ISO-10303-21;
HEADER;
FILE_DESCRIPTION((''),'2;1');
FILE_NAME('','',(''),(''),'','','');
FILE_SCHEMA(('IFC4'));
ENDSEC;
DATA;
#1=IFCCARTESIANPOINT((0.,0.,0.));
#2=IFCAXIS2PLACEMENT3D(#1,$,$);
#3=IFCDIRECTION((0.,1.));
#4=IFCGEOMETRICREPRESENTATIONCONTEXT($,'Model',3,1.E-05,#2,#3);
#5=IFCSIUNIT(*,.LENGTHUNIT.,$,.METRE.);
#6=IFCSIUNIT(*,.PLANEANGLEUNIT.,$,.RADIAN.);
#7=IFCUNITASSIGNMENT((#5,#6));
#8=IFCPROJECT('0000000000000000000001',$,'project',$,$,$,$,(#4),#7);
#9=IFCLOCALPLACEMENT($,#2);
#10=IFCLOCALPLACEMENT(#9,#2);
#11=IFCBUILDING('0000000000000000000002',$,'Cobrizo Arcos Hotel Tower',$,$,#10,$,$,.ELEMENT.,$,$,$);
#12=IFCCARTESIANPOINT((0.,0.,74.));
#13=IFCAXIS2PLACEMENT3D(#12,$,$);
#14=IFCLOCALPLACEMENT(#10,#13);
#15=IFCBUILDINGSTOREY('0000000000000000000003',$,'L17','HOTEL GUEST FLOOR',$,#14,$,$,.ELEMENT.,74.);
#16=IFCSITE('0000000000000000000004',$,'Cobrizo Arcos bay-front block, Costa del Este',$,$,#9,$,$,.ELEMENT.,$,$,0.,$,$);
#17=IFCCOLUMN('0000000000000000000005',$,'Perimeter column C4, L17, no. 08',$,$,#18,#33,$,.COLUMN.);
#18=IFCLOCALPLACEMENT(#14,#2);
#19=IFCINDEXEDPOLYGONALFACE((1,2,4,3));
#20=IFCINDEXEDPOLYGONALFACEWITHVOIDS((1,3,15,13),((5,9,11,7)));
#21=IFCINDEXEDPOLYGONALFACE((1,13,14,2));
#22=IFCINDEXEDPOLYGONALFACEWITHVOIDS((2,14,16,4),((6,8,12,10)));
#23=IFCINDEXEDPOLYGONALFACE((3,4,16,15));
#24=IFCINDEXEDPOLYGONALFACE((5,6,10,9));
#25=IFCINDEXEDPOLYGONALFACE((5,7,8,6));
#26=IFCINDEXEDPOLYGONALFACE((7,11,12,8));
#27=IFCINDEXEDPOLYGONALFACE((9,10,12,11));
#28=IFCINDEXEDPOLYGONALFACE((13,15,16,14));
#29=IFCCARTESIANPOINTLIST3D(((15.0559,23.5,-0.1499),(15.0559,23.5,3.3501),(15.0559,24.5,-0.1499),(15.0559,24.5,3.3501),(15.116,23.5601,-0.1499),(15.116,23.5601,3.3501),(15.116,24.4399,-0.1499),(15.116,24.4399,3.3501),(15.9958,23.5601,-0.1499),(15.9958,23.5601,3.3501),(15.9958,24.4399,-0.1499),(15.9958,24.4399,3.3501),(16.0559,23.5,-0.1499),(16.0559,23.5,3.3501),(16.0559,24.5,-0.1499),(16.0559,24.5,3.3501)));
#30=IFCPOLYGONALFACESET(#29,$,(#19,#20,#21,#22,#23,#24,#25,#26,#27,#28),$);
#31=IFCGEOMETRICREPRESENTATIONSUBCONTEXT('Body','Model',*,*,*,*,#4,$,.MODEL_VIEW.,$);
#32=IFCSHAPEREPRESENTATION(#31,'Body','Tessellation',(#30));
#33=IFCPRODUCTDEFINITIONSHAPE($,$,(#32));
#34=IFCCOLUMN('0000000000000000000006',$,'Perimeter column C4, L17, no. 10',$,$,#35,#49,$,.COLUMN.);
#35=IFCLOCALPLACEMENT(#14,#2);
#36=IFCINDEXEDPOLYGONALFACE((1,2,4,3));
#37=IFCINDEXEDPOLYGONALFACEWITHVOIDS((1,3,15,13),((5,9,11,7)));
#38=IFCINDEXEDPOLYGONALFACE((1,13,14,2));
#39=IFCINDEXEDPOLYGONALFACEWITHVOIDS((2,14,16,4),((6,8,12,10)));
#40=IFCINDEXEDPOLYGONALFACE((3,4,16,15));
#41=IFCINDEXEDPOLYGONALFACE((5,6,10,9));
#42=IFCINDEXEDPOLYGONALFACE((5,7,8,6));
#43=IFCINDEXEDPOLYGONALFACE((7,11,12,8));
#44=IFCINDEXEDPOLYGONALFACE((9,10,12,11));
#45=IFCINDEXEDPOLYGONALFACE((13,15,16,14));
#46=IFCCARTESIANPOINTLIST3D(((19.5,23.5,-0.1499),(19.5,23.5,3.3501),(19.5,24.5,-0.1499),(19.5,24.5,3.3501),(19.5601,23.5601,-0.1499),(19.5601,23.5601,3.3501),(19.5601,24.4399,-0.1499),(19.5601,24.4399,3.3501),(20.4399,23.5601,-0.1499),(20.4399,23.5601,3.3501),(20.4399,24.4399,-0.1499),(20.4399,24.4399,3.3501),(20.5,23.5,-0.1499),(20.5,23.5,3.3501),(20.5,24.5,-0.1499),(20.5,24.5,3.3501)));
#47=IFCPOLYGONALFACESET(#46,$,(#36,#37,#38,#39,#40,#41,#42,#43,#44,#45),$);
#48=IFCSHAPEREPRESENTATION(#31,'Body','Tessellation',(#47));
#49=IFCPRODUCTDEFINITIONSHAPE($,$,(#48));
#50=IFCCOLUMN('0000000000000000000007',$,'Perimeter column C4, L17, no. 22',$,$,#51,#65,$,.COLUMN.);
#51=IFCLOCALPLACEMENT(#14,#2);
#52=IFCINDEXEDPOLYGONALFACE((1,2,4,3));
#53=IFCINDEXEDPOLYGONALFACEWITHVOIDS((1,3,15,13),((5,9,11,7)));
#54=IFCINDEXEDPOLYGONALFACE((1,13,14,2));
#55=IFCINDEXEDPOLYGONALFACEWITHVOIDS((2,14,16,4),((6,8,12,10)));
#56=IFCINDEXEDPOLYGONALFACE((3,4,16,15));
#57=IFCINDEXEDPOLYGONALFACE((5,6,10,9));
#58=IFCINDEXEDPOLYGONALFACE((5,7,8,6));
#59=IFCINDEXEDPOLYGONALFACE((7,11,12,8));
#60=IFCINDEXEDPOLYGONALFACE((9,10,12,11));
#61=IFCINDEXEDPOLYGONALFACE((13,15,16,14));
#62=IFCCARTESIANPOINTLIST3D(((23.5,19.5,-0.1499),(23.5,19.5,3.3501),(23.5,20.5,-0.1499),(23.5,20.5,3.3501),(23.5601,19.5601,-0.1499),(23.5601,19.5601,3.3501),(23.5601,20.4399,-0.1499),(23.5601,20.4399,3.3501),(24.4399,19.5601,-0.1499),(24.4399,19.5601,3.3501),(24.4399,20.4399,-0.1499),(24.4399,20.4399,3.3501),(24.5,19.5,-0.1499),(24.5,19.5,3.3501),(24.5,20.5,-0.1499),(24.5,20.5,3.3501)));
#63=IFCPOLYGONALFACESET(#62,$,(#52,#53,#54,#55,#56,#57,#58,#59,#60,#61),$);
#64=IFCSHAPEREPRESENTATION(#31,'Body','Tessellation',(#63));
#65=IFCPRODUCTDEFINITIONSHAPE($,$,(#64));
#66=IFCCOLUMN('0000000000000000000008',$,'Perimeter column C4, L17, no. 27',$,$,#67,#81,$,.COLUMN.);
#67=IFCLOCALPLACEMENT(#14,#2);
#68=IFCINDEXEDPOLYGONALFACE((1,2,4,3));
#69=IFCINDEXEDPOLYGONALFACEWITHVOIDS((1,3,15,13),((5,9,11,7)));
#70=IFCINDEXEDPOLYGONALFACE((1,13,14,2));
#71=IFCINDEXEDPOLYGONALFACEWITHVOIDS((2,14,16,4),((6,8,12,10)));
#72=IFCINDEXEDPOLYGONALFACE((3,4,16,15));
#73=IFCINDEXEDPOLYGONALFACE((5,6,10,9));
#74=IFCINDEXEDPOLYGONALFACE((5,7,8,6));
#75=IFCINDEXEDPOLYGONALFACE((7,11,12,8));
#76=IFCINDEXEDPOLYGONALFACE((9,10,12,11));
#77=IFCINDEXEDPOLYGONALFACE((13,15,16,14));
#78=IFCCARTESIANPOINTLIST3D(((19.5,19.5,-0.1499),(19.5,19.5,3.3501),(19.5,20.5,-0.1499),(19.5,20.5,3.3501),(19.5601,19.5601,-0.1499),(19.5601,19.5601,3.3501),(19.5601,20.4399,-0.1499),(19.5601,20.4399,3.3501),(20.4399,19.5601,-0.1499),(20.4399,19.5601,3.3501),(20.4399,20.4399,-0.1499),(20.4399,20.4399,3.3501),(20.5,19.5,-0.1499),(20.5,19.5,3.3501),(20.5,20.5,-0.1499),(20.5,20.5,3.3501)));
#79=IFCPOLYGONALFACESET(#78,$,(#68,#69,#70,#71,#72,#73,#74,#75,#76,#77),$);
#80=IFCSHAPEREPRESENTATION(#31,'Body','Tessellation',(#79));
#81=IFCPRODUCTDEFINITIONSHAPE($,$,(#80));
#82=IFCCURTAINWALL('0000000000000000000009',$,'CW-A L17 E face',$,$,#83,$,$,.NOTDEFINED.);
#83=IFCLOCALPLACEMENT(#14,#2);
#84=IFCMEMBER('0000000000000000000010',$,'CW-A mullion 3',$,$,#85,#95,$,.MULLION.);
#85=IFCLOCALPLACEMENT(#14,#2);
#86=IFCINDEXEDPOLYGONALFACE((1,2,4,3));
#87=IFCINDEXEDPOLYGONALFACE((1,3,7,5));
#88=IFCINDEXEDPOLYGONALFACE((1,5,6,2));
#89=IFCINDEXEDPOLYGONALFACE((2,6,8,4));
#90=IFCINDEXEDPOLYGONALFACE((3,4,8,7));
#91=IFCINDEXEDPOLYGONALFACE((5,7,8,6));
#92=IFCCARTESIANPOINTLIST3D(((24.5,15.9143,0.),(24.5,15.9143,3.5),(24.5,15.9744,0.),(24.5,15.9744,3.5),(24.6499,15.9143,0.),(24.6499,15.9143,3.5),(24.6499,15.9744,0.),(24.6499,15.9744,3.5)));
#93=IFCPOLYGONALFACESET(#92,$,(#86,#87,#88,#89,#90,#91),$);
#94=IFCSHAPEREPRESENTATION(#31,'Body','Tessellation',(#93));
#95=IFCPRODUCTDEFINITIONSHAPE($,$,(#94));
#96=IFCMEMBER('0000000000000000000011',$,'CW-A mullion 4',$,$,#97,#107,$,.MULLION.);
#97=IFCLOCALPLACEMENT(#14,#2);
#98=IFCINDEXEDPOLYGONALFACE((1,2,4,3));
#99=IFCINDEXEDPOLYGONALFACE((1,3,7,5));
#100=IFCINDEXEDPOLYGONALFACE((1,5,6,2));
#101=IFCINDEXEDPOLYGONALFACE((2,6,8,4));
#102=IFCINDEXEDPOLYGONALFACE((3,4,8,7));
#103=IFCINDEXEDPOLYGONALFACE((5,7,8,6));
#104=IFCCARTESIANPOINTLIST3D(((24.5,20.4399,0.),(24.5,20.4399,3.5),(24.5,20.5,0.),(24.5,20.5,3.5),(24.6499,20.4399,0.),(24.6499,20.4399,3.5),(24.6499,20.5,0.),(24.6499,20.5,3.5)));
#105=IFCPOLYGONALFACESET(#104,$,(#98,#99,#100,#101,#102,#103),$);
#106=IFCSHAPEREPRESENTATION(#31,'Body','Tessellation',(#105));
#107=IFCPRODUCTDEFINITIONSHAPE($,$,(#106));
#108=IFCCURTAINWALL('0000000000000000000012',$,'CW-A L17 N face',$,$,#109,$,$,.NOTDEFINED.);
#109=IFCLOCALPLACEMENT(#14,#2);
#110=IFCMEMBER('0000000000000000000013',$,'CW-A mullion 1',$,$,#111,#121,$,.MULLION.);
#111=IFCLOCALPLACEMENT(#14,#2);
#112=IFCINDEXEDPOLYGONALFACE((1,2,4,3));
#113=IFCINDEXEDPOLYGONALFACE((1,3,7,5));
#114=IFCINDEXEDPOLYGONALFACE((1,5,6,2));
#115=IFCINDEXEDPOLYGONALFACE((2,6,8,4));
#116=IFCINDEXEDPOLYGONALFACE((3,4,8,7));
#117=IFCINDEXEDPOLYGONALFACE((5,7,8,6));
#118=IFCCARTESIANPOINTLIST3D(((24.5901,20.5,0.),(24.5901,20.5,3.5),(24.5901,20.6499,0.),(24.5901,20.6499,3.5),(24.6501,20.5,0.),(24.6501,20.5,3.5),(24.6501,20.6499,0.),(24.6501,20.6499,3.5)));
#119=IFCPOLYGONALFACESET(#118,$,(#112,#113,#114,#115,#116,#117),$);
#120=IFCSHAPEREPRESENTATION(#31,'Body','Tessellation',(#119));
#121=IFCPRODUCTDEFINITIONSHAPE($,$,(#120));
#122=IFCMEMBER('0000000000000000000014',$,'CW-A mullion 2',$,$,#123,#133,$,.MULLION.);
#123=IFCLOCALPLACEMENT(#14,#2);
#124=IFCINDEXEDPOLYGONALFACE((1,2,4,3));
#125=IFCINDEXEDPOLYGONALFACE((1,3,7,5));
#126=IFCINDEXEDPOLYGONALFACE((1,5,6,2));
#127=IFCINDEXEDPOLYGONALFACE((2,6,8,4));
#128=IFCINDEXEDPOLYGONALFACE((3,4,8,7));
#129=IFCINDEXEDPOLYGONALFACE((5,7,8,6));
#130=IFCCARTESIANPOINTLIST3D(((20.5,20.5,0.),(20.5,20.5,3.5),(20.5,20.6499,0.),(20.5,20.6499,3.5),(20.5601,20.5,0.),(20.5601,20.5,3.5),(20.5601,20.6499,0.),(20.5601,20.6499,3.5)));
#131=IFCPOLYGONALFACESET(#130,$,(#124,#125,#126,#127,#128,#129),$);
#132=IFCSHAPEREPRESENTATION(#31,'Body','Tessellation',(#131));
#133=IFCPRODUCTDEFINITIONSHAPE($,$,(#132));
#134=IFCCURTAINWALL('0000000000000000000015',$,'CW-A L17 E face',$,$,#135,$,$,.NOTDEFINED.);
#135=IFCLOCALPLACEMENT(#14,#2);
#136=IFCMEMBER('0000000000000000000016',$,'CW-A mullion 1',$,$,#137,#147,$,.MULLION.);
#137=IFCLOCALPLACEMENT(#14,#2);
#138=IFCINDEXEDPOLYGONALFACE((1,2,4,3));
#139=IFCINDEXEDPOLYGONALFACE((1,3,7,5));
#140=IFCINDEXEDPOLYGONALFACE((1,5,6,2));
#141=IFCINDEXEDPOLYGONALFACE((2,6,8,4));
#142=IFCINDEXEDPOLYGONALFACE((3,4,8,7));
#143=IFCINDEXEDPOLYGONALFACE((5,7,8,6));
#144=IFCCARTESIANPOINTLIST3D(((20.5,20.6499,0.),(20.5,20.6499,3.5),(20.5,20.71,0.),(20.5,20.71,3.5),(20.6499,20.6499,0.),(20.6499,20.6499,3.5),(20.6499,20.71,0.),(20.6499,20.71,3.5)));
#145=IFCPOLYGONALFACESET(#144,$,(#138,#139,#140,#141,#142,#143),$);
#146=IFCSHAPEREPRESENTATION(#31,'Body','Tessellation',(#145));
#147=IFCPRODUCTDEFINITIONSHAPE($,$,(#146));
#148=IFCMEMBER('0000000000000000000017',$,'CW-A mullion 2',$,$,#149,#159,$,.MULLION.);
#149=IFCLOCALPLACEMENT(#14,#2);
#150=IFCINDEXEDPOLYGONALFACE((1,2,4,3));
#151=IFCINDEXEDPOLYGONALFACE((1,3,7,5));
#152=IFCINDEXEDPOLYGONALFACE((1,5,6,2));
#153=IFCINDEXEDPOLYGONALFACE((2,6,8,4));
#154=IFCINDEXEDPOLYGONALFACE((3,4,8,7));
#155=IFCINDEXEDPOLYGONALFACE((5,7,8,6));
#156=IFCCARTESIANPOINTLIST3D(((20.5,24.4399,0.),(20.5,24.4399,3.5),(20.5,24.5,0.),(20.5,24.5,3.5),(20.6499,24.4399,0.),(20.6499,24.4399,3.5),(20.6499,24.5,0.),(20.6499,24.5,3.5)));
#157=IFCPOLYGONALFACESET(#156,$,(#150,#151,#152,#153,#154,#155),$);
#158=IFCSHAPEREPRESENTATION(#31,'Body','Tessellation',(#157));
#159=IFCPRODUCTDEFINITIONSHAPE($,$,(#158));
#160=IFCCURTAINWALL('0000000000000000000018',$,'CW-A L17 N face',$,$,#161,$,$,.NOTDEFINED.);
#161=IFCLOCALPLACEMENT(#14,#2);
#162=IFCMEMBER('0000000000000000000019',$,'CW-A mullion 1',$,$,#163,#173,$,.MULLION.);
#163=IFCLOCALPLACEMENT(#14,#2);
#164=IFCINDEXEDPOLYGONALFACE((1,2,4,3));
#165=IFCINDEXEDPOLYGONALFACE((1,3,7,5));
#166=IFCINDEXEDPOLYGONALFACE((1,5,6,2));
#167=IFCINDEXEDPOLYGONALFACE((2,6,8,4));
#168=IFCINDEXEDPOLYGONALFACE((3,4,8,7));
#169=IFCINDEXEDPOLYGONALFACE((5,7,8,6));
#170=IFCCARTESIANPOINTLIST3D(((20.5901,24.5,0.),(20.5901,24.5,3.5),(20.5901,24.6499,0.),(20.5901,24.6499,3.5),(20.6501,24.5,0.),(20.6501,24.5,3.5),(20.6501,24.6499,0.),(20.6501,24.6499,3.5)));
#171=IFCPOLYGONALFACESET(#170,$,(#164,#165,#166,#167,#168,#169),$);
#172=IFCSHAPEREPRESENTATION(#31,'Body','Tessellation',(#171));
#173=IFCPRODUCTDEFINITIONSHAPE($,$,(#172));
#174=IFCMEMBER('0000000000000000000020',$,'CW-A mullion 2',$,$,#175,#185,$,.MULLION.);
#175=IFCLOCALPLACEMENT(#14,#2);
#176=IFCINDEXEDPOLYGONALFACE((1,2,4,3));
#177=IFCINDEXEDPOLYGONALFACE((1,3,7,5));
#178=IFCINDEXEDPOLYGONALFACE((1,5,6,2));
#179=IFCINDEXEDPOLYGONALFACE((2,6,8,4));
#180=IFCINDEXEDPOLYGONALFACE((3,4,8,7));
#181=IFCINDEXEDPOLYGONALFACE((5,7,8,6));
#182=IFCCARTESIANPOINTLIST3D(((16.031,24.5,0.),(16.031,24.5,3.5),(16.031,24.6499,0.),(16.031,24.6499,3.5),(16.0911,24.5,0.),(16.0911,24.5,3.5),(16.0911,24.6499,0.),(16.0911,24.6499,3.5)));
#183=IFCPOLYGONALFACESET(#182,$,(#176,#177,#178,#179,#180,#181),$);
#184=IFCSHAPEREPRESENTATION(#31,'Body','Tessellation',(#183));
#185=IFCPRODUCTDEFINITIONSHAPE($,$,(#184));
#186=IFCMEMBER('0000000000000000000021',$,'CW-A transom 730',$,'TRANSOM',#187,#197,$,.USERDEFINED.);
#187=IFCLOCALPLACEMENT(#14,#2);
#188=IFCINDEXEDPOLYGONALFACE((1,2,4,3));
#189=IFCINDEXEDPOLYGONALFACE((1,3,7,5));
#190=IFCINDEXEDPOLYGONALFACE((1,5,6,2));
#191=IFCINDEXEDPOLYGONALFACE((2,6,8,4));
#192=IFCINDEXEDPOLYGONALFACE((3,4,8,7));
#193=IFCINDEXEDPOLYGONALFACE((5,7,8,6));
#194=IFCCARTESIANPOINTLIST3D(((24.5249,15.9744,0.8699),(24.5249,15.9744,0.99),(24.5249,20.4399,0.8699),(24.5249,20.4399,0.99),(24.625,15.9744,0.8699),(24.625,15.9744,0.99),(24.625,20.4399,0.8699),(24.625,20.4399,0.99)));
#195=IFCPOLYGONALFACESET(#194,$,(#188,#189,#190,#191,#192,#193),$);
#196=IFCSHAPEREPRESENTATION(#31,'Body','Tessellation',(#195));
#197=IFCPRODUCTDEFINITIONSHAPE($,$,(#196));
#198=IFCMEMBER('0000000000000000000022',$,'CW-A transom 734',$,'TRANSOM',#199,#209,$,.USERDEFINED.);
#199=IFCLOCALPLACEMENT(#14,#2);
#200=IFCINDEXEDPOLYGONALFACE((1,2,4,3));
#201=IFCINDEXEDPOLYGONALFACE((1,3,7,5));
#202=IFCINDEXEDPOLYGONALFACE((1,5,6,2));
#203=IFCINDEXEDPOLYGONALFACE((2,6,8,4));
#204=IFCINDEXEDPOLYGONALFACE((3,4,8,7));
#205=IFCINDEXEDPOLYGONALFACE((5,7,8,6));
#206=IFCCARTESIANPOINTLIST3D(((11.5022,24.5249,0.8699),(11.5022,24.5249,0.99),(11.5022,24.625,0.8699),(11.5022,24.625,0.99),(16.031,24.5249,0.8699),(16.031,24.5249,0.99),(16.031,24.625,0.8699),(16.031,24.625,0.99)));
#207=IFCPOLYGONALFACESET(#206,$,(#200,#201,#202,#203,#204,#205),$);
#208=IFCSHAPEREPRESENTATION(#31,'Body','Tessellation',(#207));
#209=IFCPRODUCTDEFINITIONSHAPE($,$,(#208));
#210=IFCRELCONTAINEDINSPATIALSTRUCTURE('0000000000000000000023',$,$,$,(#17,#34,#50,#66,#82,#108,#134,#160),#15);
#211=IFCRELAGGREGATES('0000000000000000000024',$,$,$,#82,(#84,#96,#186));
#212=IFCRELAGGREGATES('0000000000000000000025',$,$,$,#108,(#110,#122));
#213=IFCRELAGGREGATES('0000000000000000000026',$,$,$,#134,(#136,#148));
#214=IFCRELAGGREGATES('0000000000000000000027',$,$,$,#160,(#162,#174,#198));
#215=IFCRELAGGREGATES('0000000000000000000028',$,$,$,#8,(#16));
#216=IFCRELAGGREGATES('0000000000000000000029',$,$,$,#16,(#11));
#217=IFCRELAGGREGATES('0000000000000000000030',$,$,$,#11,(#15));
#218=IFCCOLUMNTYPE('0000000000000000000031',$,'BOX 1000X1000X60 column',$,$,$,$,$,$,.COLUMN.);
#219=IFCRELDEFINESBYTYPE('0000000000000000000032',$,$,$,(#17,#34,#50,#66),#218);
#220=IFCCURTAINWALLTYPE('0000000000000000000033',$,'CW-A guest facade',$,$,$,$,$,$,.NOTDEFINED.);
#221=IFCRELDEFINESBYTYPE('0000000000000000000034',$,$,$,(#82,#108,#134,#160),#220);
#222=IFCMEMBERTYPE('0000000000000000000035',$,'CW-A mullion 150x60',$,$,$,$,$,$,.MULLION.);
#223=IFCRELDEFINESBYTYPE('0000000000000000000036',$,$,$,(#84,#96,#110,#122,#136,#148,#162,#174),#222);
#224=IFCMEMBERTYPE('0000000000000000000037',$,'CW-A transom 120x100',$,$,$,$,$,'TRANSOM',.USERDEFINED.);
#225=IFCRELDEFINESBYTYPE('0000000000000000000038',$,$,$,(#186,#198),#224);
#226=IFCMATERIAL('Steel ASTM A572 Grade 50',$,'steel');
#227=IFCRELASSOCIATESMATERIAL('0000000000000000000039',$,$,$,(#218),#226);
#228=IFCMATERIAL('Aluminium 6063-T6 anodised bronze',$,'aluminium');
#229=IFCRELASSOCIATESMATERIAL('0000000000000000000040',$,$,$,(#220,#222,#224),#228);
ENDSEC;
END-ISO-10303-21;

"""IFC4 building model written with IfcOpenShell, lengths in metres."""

from ifc_helpers import new_model, si_unit, direction, frame, origin, origin_2d, place, context, subcontext, project, spatial, rectangle, hollow_rectangle, extrude, material, material_profile, profile_set, type_object, element, aggregate, save


model = new_model("IFC4")

# Units and contexts
model_context = context("Model", 3, precision=1e-05, world=origin(), true_north=direction((0.0, 1.0)))
body_context = subcontext(model_context, "Body", "Model", "MODEL_VIEW")
ifc_project = project(units=[si_unit("LENGTHUNIT", "METRE"), si_unit("PLANEANGLEUNIT", "RADIAN")], contexts=[model_context])

# Site, building, storey
site_placement = place(None, origin())
site = spatial("IfcSite", under=ifc_project, at=site_placement, Name="Cobrizo Arcos bay-front block, Costa del Este", CompositionType="ELEMENT", RefElevation=0.0)
building_placement = place(site_placement, origin())
building = spatial("IfcBuilding", under=site, at=building_placement, Name="Cobrizo Arcos Hotel Tower", CompositionType="ELEMENT")
storey_placement = place(building_placement, frame((0.0, 0.0, 74.0)))
storey = spatial("IfcBuildingStorey", under=building, at=storey_placement, Name="L17", Description="HOTEL GUEST FLOOR", CompositionType="ELEMENT", Elevation=74.0)

# Columns
ifc_material_1 = material(Name="Steel ASTM A572 Grade 50", Category="steel")
ifc_material_profile_1 = material_profile(ifc_material_1, hollow_rectangle(XDim=1.0, YDim=1.0, WallThickness=0.0601, at=origin_2d()), Name="BOX 1000X1000X60")
ifc_profile_set_1 = profile_set([ifc_material_profile_1], Name="Steel ASTM A572 Grade 50")
column_type = type_object("IfcColumnType", Name="BOX 1000X1000X60 column", PredefinedType="COLUMN", material=ifc_profile_set_1)
for number, where, z_axis, x_axis, name in (
    (1, (15.5559, 24.0, -0.1499), (0.0, 0.0, 1.0), (1.0, 0.0, 0.0), "Perimeter column C4, L17, no. 08"),
    (2, (20.0, 24.0, -0.1499), (0.0, 0.0, 1.0), (1.0, 0.0, 0.0), "Perimeter column C4, L17, no. 10"),
    (3, (24.0, 20.0, -0.1499), (0.0, 0.0, 1.0), (1.0, 0.0, 0.0), "Perimeter column C4, L17, no. 22"),
    (4, (20.0, 20.0, -0.1499), (0.0, 0.0, 1.0), (1.0, 0.0, 0.0), "Perimeter column C4, L17, no. 27"),
):
    element("IfcColumn", number, at=place(storey_placement, frame(where, z_axis=z_axis, x_axis=x_axis)), inside=storey, type_object=column_type, Name=name, PredefinedType="COLUMN", context=body_context, shape_type="SweptSolid", body=[
        extrude(hollow_rectangle(XDim=1.0, YDim=1.0, WallThickness=0.0601, at=origin_2d()), origin(), (0.0, 0.0, 1.0), 3.5),
    ])

# Curtain walls, members
ifc_material_2 = material(Name="Aluminium 6063-T6 anodised bronze", Category="aluminium")
curtain_wall_type = type_object("IfcCurtainWallType", Name="CW-A guest facade", PredefinedType="NOTDEFINED", material=ifc_material_2)
curtain_wall_1_placement = place(storey_placement, origin())
curtain_wall_1 = element("IfcCurtainWall", 5, at=curtain_wall_1_placement, inside=storey, type_object=curtain_wall_type, Name="CW-A L17 E face", PredefinedType="NOTDEFINED")
ifc_material_profile_2 = material_profile(ifc_material_2, rectangle(XDim=0.1499, YDim=0.0601, at=origin_2d()), Name="CW-A mullion 150x60")
ifc_profile_set_2 = profile_set([ifc_material_profile_2], Name="Aluminium 6063-T6 anodised bronze")
member_type_1 = type_object("IfcMemberType", Name="CW-A mullion 150x60", PredefinedType="MULLION", material=ifc_profile_set_2)
member_1_placement = place(storey_placement, frame((24.575, 15.9443, 0.0), z_axis=(0.0, 0.0, 1.0), x_axis=(1.0, 0.0, 0.0)))
member_1 = element("IfcMember", 6, at=member_1_placement, type_object=member_type_1, Name="CW-A mullion 3", PredefinedType="MULLION", context=body_context, shape_type="SweptSolid", body=[
    extrude(rectangle(XDim=0.1499, YDim=0.0601, at=origin_2d()), origin(), (0.0, 0.0, 1.0), 3.5),
])
member_2_placement = place(storey_placement, frame((24.575, 20.47, 0.0), z_axis=(0.0, 0.0, 1.0), x_axis=(1.0, 0.0, 0.0)))
member_2 = element("IfcMember", 7, at=member_2_placement, type_object=member_type_1, Name="CW-A mullion 4", PredefinedType="MULLION", context=body_context, shape_type="SweptSolid", body=[
    extrude(rectangle(XDim=0.1499, YDim=0.0601, at=origin_2d()), origin(), (0.0, 0.0, 1.0), 3.5),
])
curtain_wall_2_placement = place(storey_placement, origin())
curtain_wall_2 = element("IfcCurtainWall", 8, at=curtain_wall_2_placement, inside=storey, type_object=curtain_wall_type, Name="CW-A L17 N face", PredefinedType="NOTDEFINED")
member_3_placement = place(storey_placement, frame((24.6201, 20.575, 0.0), z_axis=(0.0, 0.0, 1.0), x_axis=(0.0, 1.0, 0.0)))
member_3 = element("IfcMember", 9, at=member_3_placement, type_object=member_type_1, Name="CW-A mullion 1", PredefinedType="MULLION", context=body_context, shape_type="SweptSolid", body=[
    extrude(rectangle(XDim=0.1499, YDim=0.0601, at=origin_2d()), origin(), (0.0, 0.0, 1.0), 3.5),
])
member_4_placement = place(storey_placement, frame((20.53, 20.575, 0.0), z_axis=(0.0, 0.0, 1.0), x_axis=(0.0, 1.0, 0.0)))
member_4 = element("IfcMember", 10, at=member_4_placement, type_object=member_type_1, Name="CW-A mullion 2", PredefinedType="MULLION", context=body_context, shape_type="SweptSolid", body=[
    extrude(rectangle(XDim=0.1499, YDim=0.0601, at=origin_2d()), origin(), (0.0, 0.0, 1.0), 3.5),
])
curtain_wall_3_placement = place(storey_placement, origin())
curtain_wall_3 = element("IfcCurtainWall", 11, at=curtain_wall_3_placement, inside=storey, type_object=curtain_wall_type, Name="CW-A L17 E face", PredefinedType="NOTDEFINED")
member_5_placement = place(storey_placement, frame((20.575, 20.6799, 0.0), z_axis=(0.0, 0.0, 1.0), x_axis=(1.0, 0.0, 0.0)))
member_5 = element("IfcMember", 12, at=member_5_placement, type_object=member_type_1, Name="CW-A mullion 1", PredefinedType="MULLION", context=body_context, shape_type="SweptSolid", body=[
    extrude(rectangle(XDim=0.1499, YDim=0.0601, at=origin_2d()), origin(), (0.0, 0.0, 1.0), 3.5),
])
member_6_placement = place(storey_placement, frame((20.575, 24.47, 0.0), z_axis=(0.0, 0.0, 1.0), x_axis=(1.0, 0.0, 0.0)))
member_6 = element("IfcMember", 13, at=member_6_placement, type_object=member_type_1, Name="CW-A mullion 2", PredefinedType="MULLION", context=body_context, shape_type="SweptSolid", body=[
    extrude(rectangle(XDim=0.1499, YDim=0.0601, at=origin_2d()), origin(), (0.0, 0.0, 1.0), 3.5),
])
curtain_wall_4_placement = place(storey_placement, origin())
curtain_wall_4 = element("IfcCurtainWall", 14, at=curtain_wall_4_placement, inside=storey, type_object=curtain_wall_type, Name="CW-A L17 N face", PredefinedType="NOTDEFINED")
member_7_placement = place(storey_placement, frame((20.6201, 24.575, 0.0), z_axis=(0.0, 0.0, 1.0), x_axis=(0.0, 1.0, 0.0)))
member_7 = element("IfcMember", 15, at=member_7_placement, type_object=member_type_1, Name="CW-A mullion 1", PredefinedType="MULLION", context=body_context, shape_type="SweptSolid", body=[
    extrude(rectangle(XDim=0.1499, YDim=0.0601, at=origin_2d()), origin(), (0.0, 0.0, 1.0), 3.5),
])
member_8_placement = place(storey_placement, frame((16.061, 24.575, 0.0), z_axis=(0.0, 0.0, 1.0), x_axis=(0.0, 1.0, 0.0)))
member_8 = element("IfcMember", 16, at=member_8_placement, type_object=member_type_1, Name="CW-A mullion 2", PredefinedType="MULLION", context=body_context, shape_type="SweptSolid", body=[
    extrude(rectangle(XDim=0.1499, YDim=0.0601, at=origin_2d()), origin(), (0.0, 0.0, 1.0), 3.5),
])

# Members
ifc_material_profile_3 = material_profile(ifc_material_2, rectangle(XDim=0.1001, YDim=0.1201, at=origin_2d()), Name="CW-A transom 120x100")
ifc_profile_set_3 = profile_set([ifc_material_profile_3], Name="Aluminium 6063-T6 anodised bronze")
member_type_2 = type_object("IfcMemberType", Name="CW-A transom 120x100", ElementType="TRANSOM", PredefinedType="USERDEFINED", material=ifc_profile_set_3)
member_9_placement = place(storey_placement, frame((24.575, 15.9744, 0.9299), z_axis=(0.0, 1.0, 0.0), x_axis=(-1.0, 0.0, 0.0)))
member_9 = element("IfcMember", 17, at=member_9_placement, type_object=member_type_2, Name="CW-A transom 730", ObjectType="TRANSOM", PredefinedType="USERDEFINED", context=body_context, shape_type="SweptSolid", body=[
    extrude(rectangle(XDim=0.1001, YDim=0.1201, at=origin_2d()), origin(), (0.0, 0.0, 1.0), 4.4656),
])
member_10_placement = place(storey_placement, frame((16.031, 24.575, 0.9299), z_axis=(-1.0, 0.0, 0.0), x_axis=(0.0, -1.0, 0.0)))
member_10 = element("IfcMember", 18, at=member_10_placement, type_object=member_type_2, Name="CW-A transom 734", ObjectType="TRANSOM", PredefinedType="USERDEFINED", context=body_context, shape_type="SweptSolid", body=[
    extrude(rectangle(XDim=0.1001, YDim=0.1201, at=origin_2d()), origin(), (0.0, 0.0, 1.0), 4.5288),
])

aggregate(curtain_wall_1, [member_1, member_2, member_9])
aggregate(curtain_wall_2, [member_3, member_4])
aggregate(curtain_wall_3, [member_5, member_6])
aggregate(curtain_wall_4, [member_7, member_8, member_10])

save(model, "model.ifc")
